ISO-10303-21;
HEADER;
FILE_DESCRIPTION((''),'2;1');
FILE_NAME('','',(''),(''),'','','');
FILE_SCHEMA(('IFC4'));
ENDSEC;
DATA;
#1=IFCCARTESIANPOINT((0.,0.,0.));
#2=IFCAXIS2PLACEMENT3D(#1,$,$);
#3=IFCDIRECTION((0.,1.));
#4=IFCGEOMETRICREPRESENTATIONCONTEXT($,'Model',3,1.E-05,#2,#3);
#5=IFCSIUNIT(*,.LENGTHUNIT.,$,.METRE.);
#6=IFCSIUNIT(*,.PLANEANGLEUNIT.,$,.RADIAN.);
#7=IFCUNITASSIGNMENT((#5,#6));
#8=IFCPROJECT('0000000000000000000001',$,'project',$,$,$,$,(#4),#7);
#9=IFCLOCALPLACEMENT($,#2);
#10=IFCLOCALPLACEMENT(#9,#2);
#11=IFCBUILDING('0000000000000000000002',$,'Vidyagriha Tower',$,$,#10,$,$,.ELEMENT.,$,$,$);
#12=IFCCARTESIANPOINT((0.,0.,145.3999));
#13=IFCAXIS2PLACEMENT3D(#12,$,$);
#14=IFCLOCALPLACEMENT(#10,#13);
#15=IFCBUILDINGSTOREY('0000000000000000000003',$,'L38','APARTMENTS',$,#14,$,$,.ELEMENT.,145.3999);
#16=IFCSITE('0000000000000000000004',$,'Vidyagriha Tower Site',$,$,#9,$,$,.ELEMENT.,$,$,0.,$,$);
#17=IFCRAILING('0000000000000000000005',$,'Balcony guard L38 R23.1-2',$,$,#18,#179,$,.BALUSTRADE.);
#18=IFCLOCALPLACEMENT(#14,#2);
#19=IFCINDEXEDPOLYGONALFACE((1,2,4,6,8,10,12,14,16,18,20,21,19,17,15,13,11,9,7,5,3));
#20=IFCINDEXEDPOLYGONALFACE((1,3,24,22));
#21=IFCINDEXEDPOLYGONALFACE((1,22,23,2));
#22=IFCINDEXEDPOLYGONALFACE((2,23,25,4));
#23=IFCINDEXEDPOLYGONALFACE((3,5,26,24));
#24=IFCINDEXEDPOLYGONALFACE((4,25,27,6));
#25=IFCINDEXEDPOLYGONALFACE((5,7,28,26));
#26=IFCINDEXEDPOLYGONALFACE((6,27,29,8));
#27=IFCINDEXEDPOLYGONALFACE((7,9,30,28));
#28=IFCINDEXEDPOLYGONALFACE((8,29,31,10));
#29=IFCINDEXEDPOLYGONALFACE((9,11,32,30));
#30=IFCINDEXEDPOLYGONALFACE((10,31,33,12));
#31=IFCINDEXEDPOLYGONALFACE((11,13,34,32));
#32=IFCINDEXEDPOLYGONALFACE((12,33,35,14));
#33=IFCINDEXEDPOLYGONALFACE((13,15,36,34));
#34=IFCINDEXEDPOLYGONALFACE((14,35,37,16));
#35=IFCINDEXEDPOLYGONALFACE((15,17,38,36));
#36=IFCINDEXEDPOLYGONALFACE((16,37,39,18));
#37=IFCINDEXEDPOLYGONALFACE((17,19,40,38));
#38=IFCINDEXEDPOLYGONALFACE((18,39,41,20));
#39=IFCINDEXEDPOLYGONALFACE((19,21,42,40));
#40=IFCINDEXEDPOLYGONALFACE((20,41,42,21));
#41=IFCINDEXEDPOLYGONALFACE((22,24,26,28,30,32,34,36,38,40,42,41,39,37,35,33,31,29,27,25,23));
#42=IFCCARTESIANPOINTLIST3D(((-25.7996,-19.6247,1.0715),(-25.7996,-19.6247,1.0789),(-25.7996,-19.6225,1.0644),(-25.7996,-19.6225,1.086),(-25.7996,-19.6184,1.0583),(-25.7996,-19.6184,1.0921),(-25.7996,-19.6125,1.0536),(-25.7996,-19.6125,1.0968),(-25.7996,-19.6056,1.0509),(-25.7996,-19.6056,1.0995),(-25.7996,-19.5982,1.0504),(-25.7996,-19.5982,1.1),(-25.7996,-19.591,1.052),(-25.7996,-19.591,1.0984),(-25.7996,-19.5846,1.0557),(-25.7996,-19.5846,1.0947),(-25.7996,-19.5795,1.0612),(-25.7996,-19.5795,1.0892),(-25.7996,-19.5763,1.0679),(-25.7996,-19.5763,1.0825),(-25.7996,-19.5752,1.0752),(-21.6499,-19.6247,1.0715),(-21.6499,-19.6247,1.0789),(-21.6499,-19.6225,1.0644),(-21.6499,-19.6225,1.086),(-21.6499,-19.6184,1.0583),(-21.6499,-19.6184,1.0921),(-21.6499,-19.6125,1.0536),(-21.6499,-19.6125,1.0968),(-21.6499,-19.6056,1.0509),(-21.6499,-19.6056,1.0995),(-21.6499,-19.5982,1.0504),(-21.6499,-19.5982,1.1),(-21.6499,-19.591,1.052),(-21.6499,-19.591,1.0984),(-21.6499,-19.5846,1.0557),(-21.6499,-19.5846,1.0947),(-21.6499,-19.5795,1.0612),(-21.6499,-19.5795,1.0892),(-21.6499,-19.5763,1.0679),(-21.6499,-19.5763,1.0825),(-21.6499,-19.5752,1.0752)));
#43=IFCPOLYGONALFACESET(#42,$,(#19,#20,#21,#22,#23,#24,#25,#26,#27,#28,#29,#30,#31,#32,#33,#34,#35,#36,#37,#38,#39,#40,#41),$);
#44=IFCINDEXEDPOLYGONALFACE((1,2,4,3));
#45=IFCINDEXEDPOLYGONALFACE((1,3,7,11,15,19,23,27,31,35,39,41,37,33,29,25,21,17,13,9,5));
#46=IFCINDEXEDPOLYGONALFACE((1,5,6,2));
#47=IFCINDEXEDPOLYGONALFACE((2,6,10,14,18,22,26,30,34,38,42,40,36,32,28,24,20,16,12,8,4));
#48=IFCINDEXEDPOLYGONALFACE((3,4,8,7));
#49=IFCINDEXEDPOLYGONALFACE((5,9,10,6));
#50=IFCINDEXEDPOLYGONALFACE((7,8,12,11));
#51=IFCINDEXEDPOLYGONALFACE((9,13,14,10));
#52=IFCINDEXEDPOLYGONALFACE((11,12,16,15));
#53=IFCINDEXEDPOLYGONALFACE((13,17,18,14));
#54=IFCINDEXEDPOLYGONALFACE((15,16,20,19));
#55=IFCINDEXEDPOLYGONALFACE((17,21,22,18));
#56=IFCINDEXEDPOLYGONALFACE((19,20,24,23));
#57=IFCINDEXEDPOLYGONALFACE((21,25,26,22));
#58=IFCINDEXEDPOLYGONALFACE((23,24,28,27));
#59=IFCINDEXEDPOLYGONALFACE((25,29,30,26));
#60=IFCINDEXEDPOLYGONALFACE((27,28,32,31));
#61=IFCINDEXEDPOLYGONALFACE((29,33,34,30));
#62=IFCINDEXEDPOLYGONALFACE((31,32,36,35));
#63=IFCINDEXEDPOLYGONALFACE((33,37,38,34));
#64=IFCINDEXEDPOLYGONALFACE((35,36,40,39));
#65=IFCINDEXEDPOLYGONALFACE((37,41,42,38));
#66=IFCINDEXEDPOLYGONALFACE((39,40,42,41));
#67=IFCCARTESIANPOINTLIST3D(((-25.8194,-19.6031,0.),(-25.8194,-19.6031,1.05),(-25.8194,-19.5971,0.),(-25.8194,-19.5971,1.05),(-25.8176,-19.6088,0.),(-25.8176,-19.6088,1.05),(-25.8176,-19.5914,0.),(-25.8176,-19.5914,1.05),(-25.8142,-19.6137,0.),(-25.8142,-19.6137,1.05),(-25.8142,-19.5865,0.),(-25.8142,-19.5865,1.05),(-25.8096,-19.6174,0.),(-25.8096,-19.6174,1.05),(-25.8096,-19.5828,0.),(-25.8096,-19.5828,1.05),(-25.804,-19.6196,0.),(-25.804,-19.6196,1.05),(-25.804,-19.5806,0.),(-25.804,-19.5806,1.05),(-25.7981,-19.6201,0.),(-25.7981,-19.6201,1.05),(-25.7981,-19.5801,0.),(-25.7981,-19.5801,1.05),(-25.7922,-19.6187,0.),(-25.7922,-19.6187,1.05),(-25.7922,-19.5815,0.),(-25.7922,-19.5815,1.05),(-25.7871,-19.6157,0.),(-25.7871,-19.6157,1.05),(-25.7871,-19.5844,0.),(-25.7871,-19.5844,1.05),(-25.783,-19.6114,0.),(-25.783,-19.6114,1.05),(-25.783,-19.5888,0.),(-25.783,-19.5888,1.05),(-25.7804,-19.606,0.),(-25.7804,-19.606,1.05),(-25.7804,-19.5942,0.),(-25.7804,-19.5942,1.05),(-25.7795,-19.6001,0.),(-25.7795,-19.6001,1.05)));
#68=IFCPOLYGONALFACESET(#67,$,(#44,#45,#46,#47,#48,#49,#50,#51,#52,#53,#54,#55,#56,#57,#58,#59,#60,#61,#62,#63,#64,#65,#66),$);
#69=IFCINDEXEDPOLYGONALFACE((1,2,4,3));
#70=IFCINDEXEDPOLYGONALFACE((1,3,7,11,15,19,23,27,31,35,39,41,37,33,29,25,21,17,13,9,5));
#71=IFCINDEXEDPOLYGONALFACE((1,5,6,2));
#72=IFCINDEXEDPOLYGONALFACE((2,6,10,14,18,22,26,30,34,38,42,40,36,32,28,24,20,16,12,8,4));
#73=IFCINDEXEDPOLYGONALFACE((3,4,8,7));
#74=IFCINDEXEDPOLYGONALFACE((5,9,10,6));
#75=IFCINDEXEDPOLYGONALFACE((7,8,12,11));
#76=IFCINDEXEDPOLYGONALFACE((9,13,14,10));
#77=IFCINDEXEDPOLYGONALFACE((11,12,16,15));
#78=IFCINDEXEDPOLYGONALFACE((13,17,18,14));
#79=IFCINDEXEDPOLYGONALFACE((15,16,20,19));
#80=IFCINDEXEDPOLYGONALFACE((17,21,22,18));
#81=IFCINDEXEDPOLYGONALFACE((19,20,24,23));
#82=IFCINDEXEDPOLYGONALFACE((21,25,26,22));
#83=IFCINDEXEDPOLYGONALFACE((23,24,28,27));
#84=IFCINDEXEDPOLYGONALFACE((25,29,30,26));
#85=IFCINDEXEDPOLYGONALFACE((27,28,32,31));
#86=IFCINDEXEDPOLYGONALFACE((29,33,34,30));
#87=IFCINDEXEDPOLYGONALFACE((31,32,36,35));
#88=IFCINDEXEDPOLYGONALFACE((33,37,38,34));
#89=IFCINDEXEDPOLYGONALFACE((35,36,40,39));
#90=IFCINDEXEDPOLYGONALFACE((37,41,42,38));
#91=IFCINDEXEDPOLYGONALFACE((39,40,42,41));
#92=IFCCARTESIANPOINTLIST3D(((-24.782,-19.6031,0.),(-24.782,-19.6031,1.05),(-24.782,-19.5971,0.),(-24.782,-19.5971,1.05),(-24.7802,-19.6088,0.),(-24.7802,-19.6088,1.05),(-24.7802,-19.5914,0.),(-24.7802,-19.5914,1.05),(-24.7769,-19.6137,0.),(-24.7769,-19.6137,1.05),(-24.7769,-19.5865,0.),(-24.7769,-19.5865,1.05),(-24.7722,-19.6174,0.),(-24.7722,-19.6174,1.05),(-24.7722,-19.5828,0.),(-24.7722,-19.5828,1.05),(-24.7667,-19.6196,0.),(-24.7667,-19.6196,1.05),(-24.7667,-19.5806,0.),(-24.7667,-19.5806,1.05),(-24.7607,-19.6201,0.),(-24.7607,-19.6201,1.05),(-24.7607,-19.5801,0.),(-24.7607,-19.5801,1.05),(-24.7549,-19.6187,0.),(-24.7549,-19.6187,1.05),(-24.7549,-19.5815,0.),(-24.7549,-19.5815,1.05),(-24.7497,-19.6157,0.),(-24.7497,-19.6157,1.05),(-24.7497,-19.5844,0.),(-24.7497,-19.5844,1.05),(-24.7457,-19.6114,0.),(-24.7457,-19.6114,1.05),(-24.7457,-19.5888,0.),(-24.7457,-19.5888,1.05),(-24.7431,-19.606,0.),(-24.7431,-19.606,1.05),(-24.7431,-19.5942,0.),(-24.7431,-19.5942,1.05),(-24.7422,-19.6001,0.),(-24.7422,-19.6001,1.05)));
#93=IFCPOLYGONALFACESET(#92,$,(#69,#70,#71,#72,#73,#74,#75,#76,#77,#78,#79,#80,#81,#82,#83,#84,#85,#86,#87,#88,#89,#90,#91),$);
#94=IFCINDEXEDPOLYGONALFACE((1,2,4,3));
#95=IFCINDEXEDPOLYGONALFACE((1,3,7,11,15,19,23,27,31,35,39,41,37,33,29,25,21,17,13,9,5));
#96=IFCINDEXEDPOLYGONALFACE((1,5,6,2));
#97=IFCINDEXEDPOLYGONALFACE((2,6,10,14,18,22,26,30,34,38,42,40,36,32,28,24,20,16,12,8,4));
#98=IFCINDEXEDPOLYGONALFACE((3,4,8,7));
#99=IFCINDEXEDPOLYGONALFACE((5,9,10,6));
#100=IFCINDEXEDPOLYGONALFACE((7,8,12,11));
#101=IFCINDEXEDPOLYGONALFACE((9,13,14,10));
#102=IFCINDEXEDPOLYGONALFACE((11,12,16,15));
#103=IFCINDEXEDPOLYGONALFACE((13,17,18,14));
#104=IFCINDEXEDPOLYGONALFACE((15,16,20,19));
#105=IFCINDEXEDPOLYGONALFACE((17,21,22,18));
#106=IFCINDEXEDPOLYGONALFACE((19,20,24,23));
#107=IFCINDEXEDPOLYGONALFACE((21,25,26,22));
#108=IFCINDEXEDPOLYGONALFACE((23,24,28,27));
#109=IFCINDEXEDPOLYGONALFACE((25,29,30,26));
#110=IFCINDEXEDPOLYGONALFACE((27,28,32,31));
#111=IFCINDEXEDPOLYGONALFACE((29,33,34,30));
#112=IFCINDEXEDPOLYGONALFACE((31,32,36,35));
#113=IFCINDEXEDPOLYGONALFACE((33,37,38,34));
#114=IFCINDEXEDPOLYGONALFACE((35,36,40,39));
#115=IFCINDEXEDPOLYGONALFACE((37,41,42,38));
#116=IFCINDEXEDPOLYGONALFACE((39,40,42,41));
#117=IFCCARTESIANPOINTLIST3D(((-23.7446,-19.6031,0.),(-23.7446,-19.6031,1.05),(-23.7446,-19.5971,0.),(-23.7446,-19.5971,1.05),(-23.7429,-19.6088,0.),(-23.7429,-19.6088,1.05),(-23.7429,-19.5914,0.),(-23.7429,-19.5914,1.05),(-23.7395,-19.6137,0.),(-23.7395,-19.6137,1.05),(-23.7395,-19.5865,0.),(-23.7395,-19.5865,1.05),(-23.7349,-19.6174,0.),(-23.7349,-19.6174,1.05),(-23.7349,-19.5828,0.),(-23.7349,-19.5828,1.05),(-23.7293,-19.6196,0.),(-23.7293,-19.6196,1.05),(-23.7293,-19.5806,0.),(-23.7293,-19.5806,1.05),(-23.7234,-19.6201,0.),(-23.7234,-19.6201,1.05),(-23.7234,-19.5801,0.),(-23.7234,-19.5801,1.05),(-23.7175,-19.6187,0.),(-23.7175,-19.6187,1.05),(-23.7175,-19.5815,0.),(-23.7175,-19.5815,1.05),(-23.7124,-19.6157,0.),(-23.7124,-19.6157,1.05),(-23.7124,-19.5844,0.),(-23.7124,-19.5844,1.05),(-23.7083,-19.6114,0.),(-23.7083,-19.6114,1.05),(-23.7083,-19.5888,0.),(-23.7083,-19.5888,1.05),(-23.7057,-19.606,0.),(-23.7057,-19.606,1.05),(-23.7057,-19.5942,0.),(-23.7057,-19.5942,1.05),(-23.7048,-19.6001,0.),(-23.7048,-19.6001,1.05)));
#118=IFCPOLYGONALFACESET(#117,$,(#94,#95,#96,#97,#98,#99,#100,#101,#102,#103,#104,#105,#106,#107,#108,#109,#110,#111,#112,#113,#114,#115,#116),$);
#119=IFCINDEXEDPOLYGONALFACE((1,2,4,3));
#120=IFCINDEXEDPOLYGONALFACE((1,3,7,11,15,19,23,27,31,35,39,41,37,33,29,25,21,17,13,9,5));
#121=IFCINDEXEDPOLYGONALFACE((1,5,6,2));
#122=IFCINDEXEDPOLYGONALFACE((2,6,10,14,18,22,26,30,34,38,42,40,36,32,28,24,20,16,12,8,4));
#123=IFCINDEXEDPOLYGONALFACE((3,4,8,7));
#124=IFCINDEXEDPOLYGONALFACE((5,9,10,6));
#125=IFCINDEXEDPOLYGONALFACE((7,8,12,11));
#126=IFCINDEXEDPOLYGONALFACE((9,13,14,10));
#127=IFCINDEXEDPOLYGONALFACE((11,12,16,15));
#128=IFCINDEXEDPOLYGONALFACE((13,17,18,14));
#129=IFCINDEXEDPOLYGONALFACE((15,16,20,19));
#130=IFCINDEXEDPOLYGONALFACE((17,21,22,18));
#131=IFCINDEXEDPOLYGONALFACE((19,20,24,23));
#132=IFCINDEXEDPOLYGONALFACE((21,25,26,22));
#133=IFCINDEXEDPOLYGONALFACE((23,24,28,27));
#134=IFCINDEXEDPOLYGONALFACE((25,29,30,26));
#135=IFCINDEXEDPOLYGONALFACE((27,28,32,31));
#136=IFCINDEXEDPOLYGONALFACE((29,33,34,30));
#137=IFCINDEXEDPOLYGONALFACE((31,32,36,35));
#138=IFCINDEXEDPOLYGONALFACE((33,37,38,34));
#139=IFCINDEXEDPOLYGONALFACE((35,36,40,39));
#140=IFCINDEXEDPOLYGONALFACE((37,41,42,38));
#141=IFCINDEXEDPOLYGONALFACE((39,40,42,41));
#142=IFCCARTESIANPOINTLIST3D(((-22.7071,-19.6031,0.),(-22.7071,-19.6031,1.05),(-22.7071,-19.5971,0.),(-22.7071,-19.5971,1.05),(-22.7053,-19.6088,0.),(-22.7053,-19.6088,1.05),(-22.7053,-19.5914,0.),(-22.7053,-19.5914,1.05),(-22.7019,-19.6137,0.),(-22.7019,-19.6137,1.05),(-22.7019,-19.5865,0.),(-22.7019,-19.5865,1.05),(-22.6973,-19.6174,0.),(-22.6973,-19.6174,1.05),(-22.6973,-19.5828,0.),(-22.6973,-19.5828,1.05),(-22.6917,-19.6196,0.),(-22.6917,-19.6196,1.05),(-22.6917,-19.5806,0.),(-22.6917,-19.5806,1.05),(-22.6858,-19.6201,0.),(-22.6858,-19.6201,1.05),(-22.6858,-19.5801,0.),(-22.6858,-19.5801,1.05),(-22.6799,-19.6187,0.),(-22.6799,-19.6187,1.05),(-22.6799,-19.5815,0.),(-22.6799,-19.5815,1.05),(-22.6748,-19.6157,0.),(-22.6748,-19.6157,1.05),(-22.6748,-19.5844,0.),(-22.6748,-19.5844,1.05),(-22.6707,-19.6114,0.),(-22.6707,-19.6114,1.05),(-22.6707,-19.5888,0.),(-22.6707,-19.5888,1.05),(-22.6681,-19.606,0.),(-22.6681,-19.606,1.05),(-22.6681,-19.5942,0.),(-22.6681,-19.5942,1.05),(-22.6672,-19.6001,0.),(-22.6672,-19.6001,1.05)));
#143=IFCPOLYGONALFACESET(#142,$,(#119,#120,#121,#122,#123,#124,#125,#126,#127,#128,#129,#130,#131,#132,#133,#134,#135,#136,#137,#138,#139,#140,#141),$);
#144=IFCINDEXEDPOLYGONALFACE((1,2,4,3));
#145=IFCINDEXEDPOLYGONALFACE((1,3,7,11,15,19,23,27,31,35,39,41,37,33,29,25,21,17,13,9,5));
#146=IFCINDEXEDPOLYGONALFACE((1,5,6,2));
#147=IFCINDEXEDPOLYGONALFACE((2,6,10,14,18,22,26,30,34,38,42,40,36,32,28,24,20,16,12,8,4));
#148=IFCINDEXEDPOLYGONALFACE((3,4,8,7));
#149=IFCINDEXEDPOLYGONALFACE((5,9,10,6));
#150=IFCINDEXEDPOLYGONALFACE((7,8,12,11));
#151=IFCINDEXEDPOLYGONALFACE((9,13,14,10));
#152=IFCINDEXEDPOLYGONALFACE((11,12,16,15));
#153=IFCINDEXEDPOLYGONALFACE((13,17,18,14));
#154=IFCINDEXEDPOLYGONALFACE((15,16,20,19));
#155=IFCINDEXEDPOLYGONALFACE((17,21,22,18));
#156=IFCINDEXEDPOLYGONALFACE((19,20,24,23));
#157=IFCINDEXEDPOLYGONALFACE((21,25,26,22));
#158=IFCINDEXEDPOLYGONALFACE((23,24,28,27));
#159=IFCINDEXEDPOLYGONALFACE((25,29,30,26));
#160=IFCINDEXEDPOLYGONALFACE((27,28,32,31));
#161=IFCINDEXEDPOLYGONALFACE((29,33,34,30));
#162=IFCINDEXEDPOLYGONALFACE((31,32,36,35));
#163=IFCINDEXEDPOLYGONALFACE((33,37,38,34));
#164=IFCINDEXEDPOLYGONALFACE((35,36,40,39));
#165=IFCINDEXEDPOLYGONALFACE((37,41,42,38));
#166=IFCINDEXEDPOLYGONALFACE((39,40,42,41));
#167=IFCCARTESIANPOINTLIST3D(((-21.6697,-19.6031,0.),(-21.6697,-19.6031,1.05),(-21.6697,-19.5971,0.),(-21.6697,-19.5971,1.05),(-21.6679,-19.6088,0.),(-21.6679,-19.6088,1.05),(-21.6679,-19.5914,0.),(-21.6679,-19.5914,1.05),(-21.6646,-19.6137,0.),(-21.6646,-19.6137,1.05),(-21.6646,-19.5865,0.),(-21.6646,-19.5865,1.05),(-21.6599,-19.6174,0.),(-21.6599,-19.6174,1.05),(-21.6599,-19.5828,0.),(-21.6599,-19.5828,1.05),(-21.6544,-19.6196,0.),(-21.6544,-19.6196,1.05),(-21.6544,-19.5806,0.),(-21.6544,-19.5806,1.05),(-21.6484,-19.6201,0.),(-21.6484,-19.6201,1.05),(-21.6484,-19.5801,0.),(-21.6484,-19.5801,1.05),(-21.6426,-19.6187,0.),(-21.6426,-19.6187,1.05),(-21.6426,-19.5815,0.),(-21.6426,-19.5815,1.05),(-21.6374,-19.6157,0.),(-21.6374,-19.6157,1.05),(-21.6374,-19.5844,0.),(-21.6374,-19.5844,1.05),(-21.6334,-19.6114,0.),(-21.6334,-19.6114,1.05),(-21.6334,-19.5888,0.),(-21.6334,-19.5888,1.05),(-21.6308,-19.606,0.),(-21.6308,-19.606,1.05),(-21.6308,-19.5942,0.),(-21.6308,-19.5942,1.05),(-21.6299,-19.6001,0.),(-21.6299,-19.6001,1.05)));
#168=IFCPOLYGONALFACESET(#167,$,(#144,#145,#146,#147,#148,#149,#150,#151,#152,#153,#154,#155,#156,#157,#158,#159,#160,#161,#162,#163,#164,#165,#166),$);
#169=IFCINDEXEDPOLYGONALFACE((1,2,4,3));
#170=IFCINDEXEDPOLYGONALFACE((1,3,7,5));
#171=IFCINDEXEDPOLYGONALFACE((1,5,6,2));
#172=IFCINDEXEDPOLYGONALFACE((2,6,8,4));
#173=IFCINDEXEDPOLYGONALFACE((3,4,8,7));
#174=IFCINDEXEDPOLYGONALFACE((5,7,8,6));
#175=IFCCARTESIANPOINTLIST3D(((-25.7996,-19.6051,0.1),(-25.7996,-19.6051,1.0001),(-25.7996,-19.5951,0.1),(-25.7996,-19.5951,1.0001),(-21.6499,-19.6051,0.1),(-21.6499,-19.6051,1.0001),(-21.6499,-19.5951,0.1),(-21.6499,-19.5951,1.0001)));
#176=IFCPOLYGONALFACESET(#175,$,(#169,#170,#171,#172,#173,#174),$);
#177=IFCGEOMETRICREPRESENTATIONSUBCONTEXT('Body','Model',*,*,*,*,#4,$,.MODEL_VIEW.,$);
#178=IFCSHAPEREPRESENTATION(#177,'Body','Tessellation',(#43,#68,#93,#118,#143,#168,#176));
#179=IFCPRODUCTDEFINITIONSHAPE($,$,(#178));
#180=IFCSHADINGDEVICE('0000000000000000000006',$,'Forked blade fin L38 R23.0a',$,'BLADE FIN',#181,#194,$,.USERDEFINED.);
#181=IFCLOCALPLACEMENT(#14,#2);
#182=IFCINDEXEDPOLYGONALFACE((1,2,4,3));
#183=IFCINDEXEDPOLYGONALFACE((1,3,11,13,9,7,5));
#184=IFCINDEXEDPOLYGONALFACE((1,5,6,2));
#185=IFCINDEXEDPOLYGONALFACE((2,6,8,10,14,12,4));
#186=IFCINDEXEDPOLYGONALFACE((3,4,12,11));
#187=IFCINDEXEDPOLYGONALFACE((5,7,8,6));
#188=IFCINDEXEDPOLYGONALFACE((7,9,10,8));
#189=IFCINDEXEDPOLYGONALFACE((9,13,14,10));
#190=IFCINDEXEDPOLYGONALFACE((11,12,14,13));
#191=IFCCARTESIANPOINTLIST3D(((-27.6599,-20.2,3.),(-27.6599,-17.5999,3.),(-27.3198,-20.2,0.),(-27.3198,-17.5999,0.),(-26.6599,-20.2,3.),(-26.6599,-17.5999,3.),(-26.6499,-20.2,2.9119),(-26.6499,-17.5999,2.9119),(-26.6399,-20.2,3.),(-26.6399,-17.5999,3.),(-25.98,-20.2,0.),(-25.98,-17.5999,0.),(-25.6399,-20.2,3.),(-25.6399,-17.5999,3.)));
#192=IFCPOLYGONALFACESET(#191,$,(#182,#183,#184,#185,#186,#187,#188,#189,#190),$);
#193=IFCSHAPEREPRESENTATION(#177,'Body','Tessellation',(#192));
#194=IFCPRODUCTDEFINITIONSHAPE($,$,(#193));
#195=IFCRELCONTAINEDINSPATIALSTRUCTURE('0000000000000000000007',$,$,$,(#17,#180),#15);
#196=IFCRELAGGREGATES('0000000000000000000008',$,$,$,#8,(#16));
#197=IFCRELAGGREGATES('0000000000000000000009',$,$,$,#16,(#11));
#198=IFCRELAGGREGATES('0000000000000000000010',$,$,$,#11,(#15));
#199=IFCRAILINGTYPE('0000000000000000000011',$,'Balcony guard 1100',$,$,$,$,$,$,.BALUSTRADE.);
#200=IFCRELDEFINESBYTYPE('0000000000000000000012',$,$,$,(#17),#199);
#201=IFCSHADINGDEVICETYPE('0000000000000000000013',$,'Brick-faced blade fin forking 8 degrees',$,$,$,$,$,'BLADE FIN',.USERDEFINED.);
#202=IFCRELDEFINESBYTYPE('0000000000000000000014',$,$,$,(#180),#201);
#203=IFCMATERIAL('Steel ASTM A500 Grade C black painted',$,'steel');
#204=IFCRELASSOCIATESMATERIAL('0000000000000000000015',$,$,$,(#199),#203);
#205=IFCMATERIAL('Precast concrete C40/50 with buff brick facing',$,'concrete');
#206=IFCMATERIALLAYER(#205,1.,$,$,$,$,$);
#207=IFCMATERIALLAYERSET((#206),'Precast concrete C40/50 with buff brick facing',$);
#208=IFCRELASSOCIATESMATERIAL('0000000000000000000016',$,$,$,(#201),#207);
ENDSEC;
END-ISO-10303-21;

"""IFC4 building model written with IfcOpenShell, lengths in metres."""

from ifc_helpers import new_model, si_unit, direction, frame, origin, origin_2d, place, context, subcontext, project, spatial, polyline, rectangle, circle, outline, extrude, material, layer, layer_set, type_object, element, save


model = new_model("IFC4")

# Units and contexts
model_context = context("Model", 3, precision=1e-05, world=origin(), true_north=direction((0.0, 1.0)))
body_context = subcontext(model_context, "Body", "Model", "MODEL_VIEW")
ifc_project = project(units=[si_unit("LENGTHUNIT", "METRE"), si_unit("PLANEANGLEUNIT", "RADIAN")], contexts=[model_context])

# Site, building, storey
site_placement = place(None, origin())
site = spatial("IfcSite", under=ifc_project, at=site_placement, Name="Vidyagriha Tower Site", CompositionType="ELEMENT", RefElevation=0.0)
building_placement = place(site_placement, origin())
building = spatial("IfcBuilding", under=site, at=building_placement, Name="Vidyagriha Tower", CompositionType="ELEMENT")
storey_placement = place(building_placement, frame((0.0, 0.0, 145.3999)))
storey = spatial("IfcBuildingStorey", under=building, at=storey_placement, Name="L38", Description="APARTMENTS", CompositionType="ELEMENT", Elevation=145.3999)

# Railing
ifc_material_1 = material(Name="Steel ASTM A500 Grade C black painted", Category="steel")
railing_type_1 = type_object("IfcRailingType", Name="Balcony guard 1100", PredefinedType="BALUSTRADE", material=ifc_material_1)
railing_1_placement = place(storey_placement, frame((-25.7996, -19.6001, 0.0)))
element("IfcRailing", 1, at=railing_1_placement, inside=storey, type_object=railing_type_1, Name="Balcony guard L38 R23.1-2", PredefinedType="BALUSTRADE", context=body_context, shape_type="SweptSolid", body=[
    extrude(circle(Radius=0.0249, at=origin_2d()), frame((0.0, 0.0, 1.0752), z_axis=(1.0, 0.0, 0.0), x_axis=(0.0, 1.0, 0.0)), (0.0, 0.0, 1.0), 4.1497),
    extrude(circle(Radius=0.02, at=origin_2d()), origin(), (0.0, 0.0, 1.0), 1.05),
    extrude(circle(Radius=0.02, at=origin_2d()), frame((1.0374, 0.0, 0.0)), (0.0, 0.0, 1.0), 1.05),
    extrude(circle(Radius=0.02, at=origin_2d()), frame((2.0747, 0.0, 0.0)), (0.0, 0.0, 1.0), 1.05),
    extrude(circle(Radius=0.02, at=origin_2d()), frame((3.1123, 0.0, 0.0)), (0.0, 0.0, 1.0), 1.05),
    extrude(circle(Radius=0.02, at=origin_2d()), frame((4.1497, 0.0, 0.0)), (0.0, 0.0, 1.0), 1.05),
    extrude(rectangle(XDim=0.01, YDim=0.9001, at=origin_2d()), frame((0.0, 0.0, 0.55), z_axis=(1.0, 0.0, 0.0), x_axis=(0.0, 1.0, 0.0)), (0.0, 0.0, 1.0), 4.1497),
])

# Shading device
ifc_material_2 = material(Name="Precast concrete C40/50 with buff brick facing", Category="concrete")
ifc_layer_1 = layer(ifc_material_2, 1.0)
ifc_layer_set_1 = layer_set([ifc_layer_1], Name="Precast concrete C40/50 with buff brick facing")
shading_device_type = type_object("IfcShadingDeviceType", Name="Brick-faced blade fin forking 8 degrees", ElementType="BLADE FIN", PredefinedType="USERDEFINED", material=ifc_layer_set_1)
shading_device_placement = place(storey_placement, frame((-27.6599, -18.8999, 0.0)))
element("IfcShadingDevice", 2, at=shading_device_placement, inside=storey, type_object=shading_device_type, Name="Forked blade fin L38 R23.0a", ObjectType="BLADE FIN", PredefinedType="USERDEFINED", context=body_context, shape_type="SweptSolid", body=[
    extrude(outline(polyline([(0.3401, 0.0), (1.6799, 0.0), (2.02, 3.0), (1.02, 3.0), (1.01, 2.9119), (1.0, 3.0), (0.0, 3.0), (0.3401, 0.0)])), frame((0.0, 1.3, 0.0), z_axis=(0.0, -1.0, 0.0), x_axis=(1.0, 0.0, 0.0)), (0.0, 0.0, 1.0), 2.6001),
])

save(model, "model.ifc")
